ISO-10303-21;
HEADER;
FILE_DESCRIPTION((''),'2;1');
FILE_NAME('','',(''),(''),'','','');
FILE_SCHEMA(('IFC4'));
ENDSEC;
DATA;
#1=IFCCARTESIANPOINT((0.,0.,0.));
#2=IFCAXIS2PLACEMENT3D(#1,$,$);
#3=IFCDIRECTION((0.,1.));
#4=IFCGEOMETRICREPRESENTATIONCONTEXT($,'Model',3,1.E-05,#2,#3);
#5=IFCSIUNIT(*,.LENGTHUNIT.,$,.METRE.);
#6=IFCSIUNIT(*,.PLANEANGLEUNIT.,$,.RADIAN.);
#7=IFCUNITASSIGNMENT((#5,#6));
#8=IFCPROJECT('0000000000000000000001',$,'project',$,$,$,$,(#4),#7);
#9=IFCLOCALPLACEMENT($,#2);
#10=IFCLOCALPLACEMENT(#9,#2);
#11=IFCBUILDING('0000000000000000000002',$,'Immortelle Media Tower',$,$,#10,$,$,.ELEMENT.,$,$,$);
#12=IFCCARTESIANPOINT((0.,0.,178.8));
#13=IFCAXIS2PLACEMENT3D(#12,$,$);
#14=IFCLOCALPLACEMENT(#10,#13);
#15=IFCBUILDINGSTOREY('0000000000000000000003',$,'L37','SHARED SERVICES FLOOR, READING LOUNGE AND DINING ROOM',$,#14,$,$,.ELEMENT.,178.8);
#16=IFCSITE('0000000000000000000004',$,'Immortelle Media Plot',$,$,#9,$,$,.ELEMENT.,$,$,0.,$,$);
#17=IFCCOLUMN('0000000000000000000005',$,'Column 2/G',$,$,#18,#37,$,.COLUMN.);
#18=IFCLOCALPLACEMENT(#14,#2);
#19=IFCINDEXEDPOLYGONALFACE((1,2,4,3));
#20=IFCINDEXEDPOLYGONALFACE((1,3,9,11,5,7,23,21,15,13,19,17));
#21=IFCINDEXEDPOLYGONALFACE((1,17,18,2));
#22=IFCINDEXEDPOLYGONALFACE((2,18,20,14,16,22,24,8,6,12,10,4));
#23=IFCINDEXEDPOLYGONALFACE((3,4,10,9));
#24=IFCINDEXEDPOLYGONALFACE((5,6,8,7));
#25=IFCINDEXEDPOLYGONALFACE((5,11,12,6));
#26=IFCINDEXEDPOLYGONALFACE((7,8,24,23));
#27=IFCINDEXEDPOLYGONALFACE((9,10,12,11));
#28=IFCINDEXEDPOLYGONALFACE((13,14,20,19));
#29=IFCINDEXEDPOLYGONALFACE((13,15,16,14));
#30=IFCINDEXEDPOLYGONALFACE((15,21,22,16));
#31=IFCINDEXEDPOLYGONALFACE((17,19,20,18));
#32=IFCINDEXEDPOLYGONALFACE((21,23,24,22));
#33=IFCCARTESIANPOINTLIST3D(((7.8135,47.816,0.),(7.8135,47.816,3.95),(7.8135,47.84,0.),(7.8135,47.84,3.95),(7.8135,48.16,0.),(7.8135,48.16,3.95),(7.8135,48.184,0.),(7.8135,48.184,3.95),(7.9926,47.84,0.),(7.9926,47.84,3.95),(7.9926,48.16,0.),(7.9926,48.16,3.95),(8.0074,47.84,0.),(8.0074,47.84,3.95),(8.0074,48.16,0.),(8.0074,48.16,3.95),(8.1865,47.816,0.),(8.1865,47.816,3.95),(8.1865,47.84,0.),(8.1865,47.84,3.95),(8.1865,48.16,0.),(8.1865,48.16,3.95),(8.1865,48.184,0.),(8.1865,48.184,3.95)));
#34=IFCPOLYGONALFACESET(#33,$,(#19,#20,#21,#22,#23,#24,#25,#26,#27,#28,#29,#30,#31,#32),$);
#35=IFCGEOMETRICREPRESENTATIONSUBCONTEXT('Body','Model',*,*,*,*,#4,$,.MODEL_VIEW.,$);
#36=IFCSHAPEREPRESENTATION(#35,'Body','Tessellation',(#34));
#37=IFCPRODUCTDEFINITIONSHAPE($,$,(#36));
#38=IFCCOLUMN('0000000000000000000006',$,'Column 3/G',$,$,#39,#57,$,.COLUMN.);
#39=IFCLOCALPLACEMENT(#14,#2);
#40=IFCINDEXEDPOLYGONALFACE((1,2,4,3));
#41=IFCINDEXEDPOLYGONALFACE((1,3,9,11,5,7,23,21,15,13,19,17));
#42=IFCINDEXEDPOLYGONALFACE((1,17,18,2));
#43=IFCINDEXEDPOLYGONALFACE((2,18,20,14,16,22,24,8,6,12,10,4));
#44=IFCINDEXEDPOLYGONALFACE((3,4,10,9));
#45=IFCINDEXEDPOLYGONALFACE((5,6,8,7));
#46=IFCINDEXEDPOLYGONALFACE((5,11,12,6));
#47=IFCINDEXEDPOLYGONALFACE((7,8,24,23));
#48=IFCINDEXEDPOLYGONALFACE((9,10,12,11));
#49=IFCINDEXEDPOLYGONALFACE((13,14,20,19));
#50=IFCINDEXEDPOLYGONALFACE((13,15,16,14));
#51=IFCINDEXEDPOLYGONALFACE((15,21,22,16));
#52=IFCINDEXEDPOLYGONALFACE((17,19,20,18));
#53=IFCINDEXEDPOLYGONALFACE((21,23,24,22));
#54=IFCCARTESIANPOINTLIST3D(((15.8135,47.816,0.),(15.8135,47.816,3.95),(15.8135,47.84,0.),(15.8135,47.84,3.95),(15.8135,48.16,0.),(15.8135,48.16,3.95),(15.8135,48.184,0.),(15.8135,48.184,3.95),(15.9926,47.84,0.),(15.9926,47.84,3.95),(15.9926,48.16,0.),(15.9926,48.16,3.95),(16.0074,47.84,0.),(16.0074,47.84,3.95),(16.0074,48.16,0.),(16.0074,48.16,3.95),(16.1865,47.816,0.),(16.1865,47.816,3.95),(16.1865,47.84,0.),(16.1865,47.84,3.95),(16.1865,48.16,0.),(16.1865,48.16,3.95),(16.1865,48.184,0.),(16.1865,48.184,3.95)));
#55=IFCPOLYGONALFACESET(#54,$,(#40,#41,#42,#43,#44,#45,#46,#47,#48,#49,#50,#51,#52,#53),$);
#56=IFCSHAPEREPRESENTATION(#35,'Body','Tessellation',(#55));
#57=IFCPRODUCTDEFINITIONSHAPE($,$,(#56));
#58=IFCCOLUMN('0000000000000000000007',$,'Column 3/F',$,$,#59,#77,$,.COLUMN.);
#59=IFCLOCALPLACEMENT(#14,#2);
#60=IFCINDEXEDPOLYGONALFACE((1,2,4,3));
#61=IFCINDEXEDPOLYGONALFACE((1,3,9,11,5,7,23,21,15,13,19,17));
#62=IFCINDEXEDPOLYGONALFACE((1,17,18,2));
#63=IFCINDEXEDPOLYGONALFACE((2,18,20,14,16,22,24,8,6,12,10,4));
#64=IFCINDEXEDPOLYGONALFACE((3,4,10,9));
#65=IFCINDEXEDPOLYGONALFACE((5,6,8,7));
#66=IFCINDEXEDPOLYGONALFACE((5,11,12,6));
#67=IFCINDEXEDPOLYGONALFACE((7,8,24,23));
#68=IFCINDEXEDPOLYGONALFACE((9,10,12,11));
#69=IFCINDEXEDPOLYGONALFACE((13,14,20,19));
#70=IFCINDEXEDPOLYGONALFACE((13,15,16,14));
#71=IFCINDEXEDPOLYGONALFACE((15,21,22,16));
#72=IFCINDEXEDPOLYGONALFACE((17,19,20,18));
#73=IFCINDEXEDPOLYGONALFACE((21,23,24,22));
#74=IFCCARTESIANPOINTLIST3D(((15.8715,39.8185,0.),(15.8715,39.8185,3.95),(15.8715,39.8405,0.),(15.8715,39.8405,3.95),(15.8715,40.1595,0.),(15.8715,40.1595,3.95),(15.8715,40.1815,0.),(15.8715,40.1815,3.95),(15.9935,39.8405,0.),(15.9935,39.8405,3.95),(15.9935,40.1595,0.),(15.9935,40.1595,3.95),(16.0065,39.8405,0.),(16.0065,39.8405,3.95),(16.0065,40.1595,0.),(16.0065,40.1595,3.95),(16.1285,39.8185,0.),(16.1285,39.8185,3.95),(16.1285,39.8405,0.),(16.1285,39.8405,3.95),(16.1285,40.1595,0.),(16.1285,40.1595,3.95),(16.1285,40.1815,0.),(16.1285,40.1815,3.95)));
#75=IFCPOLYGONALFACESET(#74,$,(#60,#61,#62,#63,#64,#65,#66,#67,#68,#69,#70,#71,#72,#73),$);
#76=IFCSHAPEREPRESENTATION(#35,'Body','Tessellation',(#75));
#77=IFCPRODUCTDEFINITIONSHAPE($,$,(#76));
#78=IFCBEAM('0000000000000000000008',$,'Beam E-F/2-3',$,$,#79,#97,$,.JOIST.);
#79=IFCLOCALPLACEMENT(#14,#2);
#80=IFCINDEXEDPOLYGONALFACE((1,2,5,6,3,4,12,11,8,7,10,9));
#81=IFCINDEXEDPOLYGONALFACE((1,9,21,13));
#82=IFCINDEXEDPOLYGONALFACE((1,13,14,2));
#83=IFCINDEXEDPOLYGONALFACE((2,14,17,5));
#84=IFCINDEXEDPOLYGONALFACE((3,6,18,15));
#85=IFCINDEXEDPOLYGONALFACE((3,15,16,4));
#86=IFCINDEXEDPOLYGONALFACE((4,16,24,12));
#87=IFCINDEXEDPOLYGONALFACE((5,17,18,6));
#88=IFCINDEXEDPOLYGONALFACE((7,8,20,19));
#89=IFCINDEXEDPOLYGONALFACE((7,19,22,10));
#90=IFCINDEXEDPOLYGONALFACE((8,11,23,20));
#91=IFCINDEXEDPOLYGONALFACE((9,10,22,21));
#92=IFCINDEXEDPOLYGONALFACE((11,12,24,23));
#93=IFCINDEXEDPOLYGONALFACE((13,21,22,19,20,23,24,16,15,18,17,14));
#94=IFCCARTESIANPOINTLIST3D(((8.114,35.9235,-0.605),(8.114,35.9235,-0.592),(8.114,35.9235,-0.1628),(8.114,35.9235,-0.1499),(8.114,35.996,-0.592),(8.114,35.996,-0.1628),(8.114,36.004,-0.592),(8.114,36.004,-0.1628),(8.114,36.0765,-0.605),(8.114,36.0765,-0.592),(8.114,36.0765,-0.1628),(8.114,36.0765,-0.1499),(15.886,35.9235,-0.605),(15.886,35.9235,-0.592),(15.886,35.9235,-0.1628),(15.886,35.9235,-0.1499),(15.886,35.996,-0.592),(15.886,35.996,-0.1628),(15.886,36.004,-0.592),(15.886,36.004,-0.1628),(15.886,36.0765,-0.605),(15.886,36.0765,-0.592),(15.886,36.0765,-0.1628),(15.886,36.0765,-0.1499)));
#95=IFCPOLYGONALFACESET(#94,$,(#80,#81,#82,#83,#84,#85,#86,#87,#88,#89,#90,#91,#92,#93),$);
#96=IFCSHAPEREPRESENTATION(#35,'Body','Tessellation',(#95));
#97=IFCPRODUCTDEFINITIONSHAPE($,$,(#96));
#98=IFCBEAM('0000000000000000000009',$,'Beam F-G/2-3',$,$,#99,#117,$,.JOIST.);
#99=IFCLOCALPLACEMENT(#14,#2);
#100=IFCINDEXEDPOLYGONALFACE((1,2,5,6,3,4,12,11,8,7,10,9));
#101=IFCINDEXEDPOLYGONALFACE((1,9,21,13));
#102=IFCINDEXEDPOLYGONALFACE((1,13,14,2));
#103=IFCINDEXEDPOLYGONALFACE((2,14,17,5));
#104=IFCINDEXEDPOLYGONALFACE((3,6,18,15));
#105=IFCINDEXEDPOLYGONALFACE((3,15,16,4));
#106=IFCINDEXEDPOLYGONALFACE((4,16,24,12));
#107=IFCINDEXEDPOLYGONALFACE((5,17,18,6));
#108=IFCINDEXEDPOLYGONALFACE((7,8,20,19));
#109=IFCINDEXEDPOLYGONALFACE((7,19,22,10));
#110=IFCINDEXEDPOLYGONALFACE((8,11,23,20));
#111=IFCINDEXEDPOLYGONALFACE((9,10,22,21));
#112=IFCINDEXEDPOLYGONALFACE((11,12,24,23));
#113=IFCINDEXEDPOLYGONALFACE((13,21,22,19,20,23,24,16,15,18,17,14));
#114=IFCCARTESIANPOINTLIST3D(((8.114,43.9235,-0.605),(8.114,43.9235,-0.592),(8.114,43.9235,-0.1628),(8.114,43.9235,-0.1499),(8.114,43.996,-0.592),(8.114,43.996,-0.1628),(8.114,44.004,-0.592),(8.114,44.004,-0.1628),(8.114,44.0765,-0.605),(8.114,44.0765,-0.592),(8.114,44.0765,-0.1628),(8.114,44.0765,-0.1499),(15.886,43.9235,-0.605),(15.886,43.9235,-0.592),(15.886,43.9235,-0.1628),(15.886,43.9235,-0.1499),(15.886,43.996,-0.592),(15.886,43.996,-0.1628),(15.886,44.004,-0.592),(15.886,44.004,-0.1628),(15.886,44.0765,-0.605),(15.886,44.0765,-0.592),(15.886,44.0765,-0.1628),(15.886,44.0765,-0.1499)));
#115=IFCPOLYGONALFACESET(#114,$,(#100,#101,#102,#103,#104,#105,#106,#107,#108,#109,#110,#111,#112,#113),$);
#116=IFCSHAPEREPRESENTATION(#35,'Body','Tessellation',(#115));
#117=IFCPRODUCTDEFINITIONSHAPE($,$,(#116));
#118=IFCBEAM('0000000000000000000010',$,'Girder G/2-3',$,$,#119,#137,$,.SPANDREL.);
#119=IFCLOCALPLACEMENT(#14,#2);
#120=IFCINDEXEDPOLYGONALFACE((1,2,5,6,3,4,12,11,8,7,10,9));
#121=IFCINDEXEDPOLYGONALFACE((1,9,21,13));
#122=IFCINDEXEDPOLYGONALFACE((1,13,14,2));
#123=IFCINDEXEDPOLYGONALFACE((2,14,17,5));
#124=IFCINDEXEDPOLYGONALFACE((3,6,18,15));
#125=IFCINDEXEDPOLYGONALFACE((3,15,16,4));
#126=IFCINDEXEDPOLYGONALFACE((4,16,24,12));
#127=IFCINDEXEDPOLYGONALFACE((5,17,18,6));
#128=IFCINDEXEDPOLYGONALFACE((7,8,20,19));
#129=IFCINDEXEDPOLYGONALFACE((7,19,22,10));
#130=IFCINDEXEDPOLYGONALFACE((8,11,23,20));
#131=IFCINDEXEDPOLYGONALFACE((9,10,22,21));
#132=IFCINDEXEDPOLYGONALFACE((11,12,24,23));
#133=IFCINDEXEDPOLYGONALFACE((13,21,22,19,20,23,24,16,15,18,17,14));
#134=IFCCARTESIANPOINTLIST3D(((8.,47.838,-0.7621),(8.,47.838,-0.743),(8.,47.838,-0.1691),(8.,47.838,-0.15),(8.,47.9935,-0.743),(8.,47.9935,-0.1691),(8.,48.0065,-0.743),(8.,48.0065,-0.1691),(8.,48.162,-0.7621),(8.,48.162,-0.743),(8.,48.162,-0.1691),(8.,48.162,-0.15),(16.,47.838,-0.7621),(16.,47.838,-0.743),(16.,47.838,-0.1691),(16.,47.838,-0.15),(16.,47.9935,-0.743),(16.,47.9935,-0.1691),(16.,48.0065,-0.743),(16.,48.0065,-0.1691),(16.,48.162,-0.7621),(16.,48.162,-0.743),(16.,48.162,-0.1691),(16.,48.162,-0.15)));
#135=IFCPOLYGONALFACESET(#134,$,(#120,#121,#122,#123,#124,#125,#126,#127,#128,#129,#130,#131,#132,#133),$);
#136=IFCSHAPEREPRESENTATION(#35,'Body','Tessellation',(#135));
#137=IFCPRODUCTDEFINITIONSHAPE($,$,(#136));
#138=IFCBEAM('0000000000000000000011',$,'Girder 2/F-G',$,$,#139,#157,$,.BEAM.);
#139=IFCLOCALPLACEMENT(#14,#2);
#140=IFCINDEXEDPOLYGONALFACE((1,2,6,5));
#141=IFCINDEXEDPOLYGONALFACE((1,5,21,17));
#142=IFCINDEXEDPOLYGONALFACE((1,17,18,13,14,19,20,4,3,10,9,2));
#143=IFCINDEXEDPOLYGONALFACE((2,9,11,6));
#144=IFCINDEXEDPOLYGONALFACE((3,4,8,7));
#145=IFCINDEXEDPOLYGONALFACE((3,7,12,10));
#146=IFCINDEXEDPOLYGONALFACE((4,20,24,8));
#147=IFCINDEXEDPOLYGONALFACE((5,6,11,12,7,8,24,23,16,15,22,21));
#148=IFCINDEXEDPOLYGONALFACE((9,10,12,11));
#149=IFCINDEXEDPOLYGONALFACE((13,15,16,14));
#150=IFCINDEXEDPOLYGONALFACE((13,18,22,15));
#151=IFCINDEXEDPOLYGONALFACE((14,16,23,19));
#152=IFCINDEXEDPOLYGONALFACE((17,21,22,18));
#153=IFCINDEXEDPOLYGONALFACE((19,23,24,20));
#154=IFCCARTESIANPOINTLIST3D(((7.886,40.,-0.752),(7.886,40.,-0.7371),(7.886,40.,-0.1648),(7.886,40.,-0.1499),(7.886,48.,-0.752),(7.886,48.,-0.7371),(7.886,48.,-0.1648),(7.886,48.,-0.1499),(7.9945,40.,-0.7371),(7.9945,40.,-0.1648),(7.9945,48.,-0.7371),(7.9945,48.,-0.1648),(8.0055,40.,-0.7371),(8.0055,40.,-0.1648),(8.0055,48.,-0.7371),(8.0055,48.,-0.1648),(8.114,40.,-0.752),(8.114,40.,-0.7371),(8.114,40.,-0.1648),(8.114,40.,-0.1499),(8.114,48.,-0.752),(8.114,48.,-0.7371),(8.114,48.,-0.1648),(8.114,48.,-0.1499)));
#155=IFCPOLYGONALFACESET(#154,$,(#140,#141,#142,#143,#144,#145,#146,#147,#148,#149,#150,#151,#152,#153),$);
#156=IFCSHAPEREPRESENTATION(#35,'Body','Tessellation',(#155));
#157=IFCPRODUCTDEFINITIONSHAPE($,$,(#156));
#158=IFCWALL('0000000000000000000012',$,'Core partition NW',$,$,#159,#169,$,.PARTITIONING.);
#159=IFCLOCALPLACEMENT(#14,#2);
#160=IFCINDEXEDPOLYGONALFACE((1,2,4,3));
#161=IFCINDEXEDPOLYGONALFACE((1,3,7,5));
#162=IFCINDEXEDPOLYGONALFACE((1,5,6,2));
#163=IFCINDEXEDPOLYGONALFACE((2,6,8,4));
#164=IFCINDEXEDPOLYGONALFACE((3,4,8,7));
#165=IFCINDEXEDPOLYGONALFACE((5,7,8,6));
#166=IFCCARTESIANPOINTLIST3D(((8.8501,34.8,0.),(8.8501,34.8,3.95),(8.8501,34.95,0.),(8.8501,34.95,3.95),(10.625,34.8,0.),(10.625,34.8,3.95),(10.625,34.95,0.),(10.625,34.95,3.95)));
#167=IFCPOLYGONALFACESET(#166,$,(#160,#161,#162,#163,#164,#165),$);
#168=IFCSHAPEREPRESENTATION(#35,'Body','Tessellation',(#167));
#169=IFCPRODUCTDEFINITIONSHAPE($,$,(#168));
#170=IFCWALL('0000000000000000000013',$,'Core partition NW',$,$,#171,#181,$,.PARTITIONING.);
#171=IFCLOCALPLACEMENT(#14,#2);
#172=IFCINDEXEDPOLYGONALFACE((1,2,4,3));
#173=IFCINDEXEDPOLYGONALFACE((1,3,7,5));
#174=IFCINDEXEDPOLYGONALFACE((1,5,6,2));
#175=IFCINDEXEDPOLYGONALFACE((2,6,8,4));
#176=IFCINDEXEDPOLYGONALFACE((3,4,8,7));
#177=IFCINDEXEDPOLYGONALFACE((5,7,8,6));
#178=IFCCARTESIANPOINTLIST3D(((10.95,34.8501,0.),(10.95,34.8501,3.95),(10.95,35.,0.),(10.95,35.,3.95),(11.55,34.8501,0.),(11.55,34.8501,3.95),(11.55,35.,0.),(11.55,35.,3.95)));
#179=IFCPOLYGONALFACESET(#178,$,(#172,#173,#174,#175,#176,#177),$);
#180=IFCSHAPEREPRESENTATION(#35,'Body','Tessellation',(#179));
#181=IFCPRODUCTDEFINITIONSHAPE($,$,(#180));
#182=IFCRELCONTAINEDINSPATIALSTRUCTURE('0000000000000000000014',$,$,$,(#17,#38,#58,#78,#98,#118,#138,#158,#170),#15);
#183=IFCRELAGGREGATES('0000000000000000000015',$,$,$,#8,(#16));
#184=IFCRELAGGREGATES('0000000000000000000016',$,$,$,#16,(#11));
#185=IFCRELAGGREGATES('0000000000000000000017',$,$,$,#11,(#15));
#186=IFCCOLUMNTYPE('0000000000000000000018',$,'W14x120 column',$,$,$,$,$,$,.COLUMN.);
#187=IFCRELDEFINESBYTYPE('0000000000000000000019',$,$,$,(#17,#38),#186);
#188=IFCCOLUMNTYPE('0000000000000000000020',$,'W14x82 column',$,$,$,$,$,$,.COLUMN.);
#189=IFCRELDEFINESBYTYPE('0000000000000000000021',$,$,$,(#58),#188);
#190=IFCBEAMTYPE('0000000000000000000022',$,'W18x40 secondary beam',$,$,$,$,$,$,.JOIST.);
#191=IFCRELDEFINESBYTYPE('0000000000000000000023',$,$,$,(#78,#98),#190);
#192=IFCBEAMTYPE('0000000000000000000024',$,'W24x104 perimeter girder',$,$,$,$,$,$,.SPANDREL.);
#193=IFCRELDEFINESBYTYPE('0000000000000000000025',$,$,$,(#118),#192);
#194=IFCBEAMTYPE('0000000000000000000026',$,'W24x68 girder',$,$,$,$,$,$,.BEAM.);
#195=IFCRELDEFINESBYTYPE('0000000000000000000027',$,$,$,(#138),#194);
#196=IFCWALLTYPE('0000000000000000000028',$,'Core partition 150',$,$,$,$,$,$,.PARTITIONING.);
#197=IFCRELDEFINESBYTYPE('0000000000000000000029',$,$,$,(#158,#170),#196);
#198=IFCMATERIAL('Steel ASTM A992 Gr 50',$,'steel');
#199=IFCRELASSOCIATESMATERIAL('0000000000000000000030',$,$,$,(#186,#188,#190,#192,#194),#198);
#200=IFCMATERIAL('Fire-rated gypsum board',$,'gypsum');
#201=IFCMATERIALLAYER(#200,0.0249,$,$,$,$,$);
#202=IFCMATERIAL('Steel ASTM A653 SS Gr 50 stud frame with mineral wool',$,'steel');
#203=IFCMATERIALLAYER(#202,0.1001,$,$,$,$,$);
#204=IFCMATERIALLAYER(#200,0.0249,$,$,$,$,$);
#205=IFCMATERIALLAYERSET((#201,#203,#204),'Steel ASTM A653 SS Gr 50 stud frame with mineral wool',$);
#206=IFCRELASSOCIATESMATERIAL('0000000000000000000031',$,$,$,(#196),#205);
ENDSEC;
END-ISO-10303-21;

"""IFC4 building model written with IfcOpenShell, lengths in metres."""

from ifc_helpers import new_model, si_unit, direction, frame, frame_2d, origin, origin_2d, place, context, subcontext, project, spatial, rectangle, i_section, extrude, material, layer, layer_set, material_profile, profile_set, type_object, element, save


model = new_model("IFC4")

# Units and contexts
model_context = context("Model", 3, precision=1e-05, world=origin(), true_north=direction((0.0, 1.0)))
body_context = subcontext(model_context, "Body", "Model", "MODEL_VIEW")
ifc_project = project(units=[si_unit("LENGTHUNIT", "METRE"), si_unit("PLANEANGLEUNIT", "RADIAN")], contexts=[model_context])

# Site, building, storey
site_placement = place(None, origin())
site = spatial("IfcSite", under=ifc_project, at=site_placement, Name="Immortelle Media Plot", CompositionType="ELEMENT", RefElevation=0.0)
building_placement = place(site_placement, origin())
building = spatial("IfcBuilding", under=site, at=building_placement, Name="Immortelle Media Tower", CompositionType="ELEMENT")
storey_placement = place(building_placement, frame((0.0, 0.0, 178.8)))
storey = spatial("IfcBuildingStorey", under=building, at=storey_placement, Name="L37", Description="SHARED SERVICES FLOOR, READING LOUNGE AND DINING ROOM", CompositionType="ELEMENT", Elevation=178.8)

# Columns
ifc_material_1 = material(Name="Steel ASTM A992 Gr 50", Category="steel")
ifc_material_profile_1 = material_profile(ifc_material_1, i_section(OverallWidth=0.373, OverallDepth=0.3679, WebThickness=0.0149, FlangeThickness=0.0239, at=origin_2d()), Name="W14x120")
ifc_profile_set_1 = profile_set([ifc_material_profile_1], Name="Steel ASTM A992 Gr 50")
column_type_1 = type_object("IfcColumnType", Name="W14x120 column", PredefinedType="COLUMN", material=ifc_profile_set_1)
for number, where, z_axis, x_axis, name in (
    (1, (8.0, 48.0, 0.0), (0.0, 0.0, 1.0), (1.0, 0.0, 0.0), "Column 2/G"),
    (2, (16.0, 48.0, 0.0), (0.0, 0.0, 1.0), (1.0, 0.0, 0.0), "Column 3/G"),
):
    element("IfcColumn", number, at=place(storey_placement, frame(where, z_axis=z_axis, x_axis=x_axis)), inside=storey, type_object=column_type_1, Name=name, PredefinedType="COLUMN", context=body_context, shape_type="SweptSolid", body=[
        extrude(i_section(OverallWidth=0.373, OverallDepth=0.3679, WebThickness=0.0149, FlangeThickness=0.0239, at=origin_2d()), origin(), (0.0, 0.0, 1.0), 3.95),
    ])
ifc_material_profile_2 = material_profile(ifc_material_1, i_section(OverallWidth=0.2571, OverallDepth=0.363, WebThickness=0.0129, FlangeThickness=0.022, at=origin_2d()), Name="W14x82")
ifc_profile_set_2 = profile_set([ifc_material_profile_2], Name="Steel ASTM A992 Gr 50")
column_type_2 = type_object("IfcColumnType", Name="W14x82 column", PredefinedType="COLUMN", material=ifc_profile_set_2)
column_placement = place(storey_placement, frame((16.0, 40.0, 0.0), z_axis=(0.0, 0.0, 1.0), x_axis=(1.0, 0.0, 0.0)))
element("IfcColumn", 3, at=column_placement, inside=storey, type_object=column_type_2, Name="Column 3/F", PredefinedType="COLUMN", context=body_context, shape_type="SweptSolid", body=[
    extrude(i_section(OverallWidth=0.2571, OverallDepth=0.363, WebThickness=0.0129, FlangeThickness=0.022, at=origin_2d()), origin(), (0.0, 0.0, 1.0), 3.95),
])

# Beams
ifc_material_profile_3 = material_profile(ifc_material_1, i_section(OverallWidth=0.1531, OverallDepth=0.4551, WebThickness=0.0081, FlangeThickness=0.0129, at=origin_2d()), Name="W18x40")
ifc_profile_set_3 = profile_set([ifc_material_profile_3], Name="Steel ASTM A992 Gr 50")
beam_type_1 = type_object("IfcBeamType", Name="W18x40 secondary beam", PredefinedType="JOIST", material=ifc_profile_set_3)
for number, where, z_axis, x_axis, name in (
    (4, (8.114, 36.0, -0.3774), (1.0, 0.0, 0.0), (0.0, 1.0, 0.0), "Beam E-F/2-3"),
    (5, (8.114, 44.0, -0.3774), (1.0, 0.0, 0.0), (0.0, 1.0, 0.0), "Beam F-G/2-3"),
):
    element("IfcBeam", number, at=place(storey_placement, frame(where, z_axis=z_axis, x_axis=x_axis)), inside=storey, type_object=beam_type_1, Name=name, PredefinedType="JOIST", context=body_context, shape_type="SweptSolid", body=[
        extrude(i_section(OverallWidth=0.1531, OverallDepth=0.4551, WebThickness=0.0081, FlangeThickness=0.0129, at=origin_2d()), origin(), (0.0, 0.0, 1.0), 7.772),
    ])
ifc_material_profile_4 = material_profile(ifc_material_1, i_section(OverallWidth=0.324, OverallDepth=0.6121, WebThickness=0.0129, FlangeThickness=0.019, at=origin_2d()), Name="W24x104")
ifc_profile_set_4 = profile_set([ifc_material_profile_4], Name="Steel ASTM A992 Gr 50")
beam_type_2 = type_object("IfcBeamType", Name="W24x104 perimeter girder", PredefinedType="SPANDREL", material=ifc_profile_set_4)
beam_1_placement = place(storey_placement, frame((8.0, 48.0, -0.4561), z_axis=(1.0, 0.0, 0.0), x_axis=(0.0, 1.0, 0.0)))
element("IfcBeam", 6, at=beam_1_placement, inside=storey, type_object=beam_type_2, Name="Girder G/2-3", PredefinedType="SPANDREL", context=body_context, shape_type="SweptSolid", body=[
    extrude(i_section(OverallWidth=0.324, OverallDepth=0.6121, WebThickness=0.0129, FlangeThickness=0.019, at=origin_2d()), origin(), (0.0, 0.0, 1.0), 8.0),
])
ifc_material_profile_5 = material_profile(ifc_material_1, i_section(OverallWidth=0.228, OverallDepth=0.6021, WebThickness=0.011, FlangeThickness=0.0149, at=origin_2d()), Name="W24x68")
ifc_profile_set_5 = profile_set([ifc_material_profile_5], Name="Steel ASTM A992 Gr 50")
beam_type_3 = type_object("IfcBeamType", Name="W24x68 girder", PredefinedType="BEAM", material=ifc_profile_set_5)
beam_2_placement = place(storey_placement, frame((8.0, 40.0, -0.4509), z_axis=(0.0, 1.0, 0.0), x_axis=(-1.0, 0.0, 0.0)))
element("IfcBeam", 7, at=beam_2_placement, inside=storey, type_object=beam_type_3, Name="Girder 2/F-G", PredefinedType="BEAM", context=body_context, shape_type="SweptSolid", body=[
    extrude(i_section(OverallWidth=0.228, OverallDepth=0.6021, WebThickness=0.011, FlangeThickness=0.0149, at=origin_2d()), origin(), (0.0, 0.0, 1.0), 8.0),
])

# Walls
ifc_material_2 = material(Name="Fire-rated gypsum board", Category="gypsum")
ifc_layer_1 = layer(ifc_material_2, 0.0249)
ifc_material_3 = material(Name="Steel ASTM A653 SS Gr 50 stud frame with mineral wool", Category="steel")
ifc_layer_2 = layer(ifc_material_3, 0.1001)
ifc_layer_3 = layer(ifc_material_2, 0.0249)
ifc_layer_set_1 = layer_set([ifc_layer_1, ifc_layer_2, ifc_layer_3], Name="Steel ASTM A653 SS Gr 50 stud frame with mineral wool")
wall_type_1 = type_object("IfcWallType", Name="Core partition 150", PredefinedType="PARTITIONING", material=ifc_layer_set_1)
wall_1_placement = place(storey_placement, frame((8.8501, 34.875, 0.0), z_axis=(0.0, 0.0, 1.0), x_axis=(1.0, 0.0, 0.0)))
element("IfcWall", 8, at=wall_1_placement, inside=storey, type_object=wall_type_1, Name="Core partition NW", PredefinedType="PARTITIONING", context=body_context, shape_type="SweptSolid", body=[
    extrude(rectangle(XDim=1.7749, YDim=0.1499, at=frame_2d((0.8875, 0.0))), origin(), (0.0, 0.0, 1.0), 3.95),
])
wall_2_placement = place(storey_placement, frame((10.95, 34.925, 0.0), z_axis=(0.0, 0.0, 1.0), x_axis=(1.0, 0.0, 0.0)))
element("IfcWall", 9, at=wall_2_placement, inside=storey, type_object=wall_type_1, Name="Core partition NW", PredefinedType="PARTITIONING", context=body_context, shape_type="SweptSolid", body=[
    extrude(rectangle(XDim=0.6001, YDim=0.1499, at=frame_2d((0.3, 0.0))), origin(), (0.0, 0.0, 1.0), 3.95),
])

save(model, "model.ifc")
